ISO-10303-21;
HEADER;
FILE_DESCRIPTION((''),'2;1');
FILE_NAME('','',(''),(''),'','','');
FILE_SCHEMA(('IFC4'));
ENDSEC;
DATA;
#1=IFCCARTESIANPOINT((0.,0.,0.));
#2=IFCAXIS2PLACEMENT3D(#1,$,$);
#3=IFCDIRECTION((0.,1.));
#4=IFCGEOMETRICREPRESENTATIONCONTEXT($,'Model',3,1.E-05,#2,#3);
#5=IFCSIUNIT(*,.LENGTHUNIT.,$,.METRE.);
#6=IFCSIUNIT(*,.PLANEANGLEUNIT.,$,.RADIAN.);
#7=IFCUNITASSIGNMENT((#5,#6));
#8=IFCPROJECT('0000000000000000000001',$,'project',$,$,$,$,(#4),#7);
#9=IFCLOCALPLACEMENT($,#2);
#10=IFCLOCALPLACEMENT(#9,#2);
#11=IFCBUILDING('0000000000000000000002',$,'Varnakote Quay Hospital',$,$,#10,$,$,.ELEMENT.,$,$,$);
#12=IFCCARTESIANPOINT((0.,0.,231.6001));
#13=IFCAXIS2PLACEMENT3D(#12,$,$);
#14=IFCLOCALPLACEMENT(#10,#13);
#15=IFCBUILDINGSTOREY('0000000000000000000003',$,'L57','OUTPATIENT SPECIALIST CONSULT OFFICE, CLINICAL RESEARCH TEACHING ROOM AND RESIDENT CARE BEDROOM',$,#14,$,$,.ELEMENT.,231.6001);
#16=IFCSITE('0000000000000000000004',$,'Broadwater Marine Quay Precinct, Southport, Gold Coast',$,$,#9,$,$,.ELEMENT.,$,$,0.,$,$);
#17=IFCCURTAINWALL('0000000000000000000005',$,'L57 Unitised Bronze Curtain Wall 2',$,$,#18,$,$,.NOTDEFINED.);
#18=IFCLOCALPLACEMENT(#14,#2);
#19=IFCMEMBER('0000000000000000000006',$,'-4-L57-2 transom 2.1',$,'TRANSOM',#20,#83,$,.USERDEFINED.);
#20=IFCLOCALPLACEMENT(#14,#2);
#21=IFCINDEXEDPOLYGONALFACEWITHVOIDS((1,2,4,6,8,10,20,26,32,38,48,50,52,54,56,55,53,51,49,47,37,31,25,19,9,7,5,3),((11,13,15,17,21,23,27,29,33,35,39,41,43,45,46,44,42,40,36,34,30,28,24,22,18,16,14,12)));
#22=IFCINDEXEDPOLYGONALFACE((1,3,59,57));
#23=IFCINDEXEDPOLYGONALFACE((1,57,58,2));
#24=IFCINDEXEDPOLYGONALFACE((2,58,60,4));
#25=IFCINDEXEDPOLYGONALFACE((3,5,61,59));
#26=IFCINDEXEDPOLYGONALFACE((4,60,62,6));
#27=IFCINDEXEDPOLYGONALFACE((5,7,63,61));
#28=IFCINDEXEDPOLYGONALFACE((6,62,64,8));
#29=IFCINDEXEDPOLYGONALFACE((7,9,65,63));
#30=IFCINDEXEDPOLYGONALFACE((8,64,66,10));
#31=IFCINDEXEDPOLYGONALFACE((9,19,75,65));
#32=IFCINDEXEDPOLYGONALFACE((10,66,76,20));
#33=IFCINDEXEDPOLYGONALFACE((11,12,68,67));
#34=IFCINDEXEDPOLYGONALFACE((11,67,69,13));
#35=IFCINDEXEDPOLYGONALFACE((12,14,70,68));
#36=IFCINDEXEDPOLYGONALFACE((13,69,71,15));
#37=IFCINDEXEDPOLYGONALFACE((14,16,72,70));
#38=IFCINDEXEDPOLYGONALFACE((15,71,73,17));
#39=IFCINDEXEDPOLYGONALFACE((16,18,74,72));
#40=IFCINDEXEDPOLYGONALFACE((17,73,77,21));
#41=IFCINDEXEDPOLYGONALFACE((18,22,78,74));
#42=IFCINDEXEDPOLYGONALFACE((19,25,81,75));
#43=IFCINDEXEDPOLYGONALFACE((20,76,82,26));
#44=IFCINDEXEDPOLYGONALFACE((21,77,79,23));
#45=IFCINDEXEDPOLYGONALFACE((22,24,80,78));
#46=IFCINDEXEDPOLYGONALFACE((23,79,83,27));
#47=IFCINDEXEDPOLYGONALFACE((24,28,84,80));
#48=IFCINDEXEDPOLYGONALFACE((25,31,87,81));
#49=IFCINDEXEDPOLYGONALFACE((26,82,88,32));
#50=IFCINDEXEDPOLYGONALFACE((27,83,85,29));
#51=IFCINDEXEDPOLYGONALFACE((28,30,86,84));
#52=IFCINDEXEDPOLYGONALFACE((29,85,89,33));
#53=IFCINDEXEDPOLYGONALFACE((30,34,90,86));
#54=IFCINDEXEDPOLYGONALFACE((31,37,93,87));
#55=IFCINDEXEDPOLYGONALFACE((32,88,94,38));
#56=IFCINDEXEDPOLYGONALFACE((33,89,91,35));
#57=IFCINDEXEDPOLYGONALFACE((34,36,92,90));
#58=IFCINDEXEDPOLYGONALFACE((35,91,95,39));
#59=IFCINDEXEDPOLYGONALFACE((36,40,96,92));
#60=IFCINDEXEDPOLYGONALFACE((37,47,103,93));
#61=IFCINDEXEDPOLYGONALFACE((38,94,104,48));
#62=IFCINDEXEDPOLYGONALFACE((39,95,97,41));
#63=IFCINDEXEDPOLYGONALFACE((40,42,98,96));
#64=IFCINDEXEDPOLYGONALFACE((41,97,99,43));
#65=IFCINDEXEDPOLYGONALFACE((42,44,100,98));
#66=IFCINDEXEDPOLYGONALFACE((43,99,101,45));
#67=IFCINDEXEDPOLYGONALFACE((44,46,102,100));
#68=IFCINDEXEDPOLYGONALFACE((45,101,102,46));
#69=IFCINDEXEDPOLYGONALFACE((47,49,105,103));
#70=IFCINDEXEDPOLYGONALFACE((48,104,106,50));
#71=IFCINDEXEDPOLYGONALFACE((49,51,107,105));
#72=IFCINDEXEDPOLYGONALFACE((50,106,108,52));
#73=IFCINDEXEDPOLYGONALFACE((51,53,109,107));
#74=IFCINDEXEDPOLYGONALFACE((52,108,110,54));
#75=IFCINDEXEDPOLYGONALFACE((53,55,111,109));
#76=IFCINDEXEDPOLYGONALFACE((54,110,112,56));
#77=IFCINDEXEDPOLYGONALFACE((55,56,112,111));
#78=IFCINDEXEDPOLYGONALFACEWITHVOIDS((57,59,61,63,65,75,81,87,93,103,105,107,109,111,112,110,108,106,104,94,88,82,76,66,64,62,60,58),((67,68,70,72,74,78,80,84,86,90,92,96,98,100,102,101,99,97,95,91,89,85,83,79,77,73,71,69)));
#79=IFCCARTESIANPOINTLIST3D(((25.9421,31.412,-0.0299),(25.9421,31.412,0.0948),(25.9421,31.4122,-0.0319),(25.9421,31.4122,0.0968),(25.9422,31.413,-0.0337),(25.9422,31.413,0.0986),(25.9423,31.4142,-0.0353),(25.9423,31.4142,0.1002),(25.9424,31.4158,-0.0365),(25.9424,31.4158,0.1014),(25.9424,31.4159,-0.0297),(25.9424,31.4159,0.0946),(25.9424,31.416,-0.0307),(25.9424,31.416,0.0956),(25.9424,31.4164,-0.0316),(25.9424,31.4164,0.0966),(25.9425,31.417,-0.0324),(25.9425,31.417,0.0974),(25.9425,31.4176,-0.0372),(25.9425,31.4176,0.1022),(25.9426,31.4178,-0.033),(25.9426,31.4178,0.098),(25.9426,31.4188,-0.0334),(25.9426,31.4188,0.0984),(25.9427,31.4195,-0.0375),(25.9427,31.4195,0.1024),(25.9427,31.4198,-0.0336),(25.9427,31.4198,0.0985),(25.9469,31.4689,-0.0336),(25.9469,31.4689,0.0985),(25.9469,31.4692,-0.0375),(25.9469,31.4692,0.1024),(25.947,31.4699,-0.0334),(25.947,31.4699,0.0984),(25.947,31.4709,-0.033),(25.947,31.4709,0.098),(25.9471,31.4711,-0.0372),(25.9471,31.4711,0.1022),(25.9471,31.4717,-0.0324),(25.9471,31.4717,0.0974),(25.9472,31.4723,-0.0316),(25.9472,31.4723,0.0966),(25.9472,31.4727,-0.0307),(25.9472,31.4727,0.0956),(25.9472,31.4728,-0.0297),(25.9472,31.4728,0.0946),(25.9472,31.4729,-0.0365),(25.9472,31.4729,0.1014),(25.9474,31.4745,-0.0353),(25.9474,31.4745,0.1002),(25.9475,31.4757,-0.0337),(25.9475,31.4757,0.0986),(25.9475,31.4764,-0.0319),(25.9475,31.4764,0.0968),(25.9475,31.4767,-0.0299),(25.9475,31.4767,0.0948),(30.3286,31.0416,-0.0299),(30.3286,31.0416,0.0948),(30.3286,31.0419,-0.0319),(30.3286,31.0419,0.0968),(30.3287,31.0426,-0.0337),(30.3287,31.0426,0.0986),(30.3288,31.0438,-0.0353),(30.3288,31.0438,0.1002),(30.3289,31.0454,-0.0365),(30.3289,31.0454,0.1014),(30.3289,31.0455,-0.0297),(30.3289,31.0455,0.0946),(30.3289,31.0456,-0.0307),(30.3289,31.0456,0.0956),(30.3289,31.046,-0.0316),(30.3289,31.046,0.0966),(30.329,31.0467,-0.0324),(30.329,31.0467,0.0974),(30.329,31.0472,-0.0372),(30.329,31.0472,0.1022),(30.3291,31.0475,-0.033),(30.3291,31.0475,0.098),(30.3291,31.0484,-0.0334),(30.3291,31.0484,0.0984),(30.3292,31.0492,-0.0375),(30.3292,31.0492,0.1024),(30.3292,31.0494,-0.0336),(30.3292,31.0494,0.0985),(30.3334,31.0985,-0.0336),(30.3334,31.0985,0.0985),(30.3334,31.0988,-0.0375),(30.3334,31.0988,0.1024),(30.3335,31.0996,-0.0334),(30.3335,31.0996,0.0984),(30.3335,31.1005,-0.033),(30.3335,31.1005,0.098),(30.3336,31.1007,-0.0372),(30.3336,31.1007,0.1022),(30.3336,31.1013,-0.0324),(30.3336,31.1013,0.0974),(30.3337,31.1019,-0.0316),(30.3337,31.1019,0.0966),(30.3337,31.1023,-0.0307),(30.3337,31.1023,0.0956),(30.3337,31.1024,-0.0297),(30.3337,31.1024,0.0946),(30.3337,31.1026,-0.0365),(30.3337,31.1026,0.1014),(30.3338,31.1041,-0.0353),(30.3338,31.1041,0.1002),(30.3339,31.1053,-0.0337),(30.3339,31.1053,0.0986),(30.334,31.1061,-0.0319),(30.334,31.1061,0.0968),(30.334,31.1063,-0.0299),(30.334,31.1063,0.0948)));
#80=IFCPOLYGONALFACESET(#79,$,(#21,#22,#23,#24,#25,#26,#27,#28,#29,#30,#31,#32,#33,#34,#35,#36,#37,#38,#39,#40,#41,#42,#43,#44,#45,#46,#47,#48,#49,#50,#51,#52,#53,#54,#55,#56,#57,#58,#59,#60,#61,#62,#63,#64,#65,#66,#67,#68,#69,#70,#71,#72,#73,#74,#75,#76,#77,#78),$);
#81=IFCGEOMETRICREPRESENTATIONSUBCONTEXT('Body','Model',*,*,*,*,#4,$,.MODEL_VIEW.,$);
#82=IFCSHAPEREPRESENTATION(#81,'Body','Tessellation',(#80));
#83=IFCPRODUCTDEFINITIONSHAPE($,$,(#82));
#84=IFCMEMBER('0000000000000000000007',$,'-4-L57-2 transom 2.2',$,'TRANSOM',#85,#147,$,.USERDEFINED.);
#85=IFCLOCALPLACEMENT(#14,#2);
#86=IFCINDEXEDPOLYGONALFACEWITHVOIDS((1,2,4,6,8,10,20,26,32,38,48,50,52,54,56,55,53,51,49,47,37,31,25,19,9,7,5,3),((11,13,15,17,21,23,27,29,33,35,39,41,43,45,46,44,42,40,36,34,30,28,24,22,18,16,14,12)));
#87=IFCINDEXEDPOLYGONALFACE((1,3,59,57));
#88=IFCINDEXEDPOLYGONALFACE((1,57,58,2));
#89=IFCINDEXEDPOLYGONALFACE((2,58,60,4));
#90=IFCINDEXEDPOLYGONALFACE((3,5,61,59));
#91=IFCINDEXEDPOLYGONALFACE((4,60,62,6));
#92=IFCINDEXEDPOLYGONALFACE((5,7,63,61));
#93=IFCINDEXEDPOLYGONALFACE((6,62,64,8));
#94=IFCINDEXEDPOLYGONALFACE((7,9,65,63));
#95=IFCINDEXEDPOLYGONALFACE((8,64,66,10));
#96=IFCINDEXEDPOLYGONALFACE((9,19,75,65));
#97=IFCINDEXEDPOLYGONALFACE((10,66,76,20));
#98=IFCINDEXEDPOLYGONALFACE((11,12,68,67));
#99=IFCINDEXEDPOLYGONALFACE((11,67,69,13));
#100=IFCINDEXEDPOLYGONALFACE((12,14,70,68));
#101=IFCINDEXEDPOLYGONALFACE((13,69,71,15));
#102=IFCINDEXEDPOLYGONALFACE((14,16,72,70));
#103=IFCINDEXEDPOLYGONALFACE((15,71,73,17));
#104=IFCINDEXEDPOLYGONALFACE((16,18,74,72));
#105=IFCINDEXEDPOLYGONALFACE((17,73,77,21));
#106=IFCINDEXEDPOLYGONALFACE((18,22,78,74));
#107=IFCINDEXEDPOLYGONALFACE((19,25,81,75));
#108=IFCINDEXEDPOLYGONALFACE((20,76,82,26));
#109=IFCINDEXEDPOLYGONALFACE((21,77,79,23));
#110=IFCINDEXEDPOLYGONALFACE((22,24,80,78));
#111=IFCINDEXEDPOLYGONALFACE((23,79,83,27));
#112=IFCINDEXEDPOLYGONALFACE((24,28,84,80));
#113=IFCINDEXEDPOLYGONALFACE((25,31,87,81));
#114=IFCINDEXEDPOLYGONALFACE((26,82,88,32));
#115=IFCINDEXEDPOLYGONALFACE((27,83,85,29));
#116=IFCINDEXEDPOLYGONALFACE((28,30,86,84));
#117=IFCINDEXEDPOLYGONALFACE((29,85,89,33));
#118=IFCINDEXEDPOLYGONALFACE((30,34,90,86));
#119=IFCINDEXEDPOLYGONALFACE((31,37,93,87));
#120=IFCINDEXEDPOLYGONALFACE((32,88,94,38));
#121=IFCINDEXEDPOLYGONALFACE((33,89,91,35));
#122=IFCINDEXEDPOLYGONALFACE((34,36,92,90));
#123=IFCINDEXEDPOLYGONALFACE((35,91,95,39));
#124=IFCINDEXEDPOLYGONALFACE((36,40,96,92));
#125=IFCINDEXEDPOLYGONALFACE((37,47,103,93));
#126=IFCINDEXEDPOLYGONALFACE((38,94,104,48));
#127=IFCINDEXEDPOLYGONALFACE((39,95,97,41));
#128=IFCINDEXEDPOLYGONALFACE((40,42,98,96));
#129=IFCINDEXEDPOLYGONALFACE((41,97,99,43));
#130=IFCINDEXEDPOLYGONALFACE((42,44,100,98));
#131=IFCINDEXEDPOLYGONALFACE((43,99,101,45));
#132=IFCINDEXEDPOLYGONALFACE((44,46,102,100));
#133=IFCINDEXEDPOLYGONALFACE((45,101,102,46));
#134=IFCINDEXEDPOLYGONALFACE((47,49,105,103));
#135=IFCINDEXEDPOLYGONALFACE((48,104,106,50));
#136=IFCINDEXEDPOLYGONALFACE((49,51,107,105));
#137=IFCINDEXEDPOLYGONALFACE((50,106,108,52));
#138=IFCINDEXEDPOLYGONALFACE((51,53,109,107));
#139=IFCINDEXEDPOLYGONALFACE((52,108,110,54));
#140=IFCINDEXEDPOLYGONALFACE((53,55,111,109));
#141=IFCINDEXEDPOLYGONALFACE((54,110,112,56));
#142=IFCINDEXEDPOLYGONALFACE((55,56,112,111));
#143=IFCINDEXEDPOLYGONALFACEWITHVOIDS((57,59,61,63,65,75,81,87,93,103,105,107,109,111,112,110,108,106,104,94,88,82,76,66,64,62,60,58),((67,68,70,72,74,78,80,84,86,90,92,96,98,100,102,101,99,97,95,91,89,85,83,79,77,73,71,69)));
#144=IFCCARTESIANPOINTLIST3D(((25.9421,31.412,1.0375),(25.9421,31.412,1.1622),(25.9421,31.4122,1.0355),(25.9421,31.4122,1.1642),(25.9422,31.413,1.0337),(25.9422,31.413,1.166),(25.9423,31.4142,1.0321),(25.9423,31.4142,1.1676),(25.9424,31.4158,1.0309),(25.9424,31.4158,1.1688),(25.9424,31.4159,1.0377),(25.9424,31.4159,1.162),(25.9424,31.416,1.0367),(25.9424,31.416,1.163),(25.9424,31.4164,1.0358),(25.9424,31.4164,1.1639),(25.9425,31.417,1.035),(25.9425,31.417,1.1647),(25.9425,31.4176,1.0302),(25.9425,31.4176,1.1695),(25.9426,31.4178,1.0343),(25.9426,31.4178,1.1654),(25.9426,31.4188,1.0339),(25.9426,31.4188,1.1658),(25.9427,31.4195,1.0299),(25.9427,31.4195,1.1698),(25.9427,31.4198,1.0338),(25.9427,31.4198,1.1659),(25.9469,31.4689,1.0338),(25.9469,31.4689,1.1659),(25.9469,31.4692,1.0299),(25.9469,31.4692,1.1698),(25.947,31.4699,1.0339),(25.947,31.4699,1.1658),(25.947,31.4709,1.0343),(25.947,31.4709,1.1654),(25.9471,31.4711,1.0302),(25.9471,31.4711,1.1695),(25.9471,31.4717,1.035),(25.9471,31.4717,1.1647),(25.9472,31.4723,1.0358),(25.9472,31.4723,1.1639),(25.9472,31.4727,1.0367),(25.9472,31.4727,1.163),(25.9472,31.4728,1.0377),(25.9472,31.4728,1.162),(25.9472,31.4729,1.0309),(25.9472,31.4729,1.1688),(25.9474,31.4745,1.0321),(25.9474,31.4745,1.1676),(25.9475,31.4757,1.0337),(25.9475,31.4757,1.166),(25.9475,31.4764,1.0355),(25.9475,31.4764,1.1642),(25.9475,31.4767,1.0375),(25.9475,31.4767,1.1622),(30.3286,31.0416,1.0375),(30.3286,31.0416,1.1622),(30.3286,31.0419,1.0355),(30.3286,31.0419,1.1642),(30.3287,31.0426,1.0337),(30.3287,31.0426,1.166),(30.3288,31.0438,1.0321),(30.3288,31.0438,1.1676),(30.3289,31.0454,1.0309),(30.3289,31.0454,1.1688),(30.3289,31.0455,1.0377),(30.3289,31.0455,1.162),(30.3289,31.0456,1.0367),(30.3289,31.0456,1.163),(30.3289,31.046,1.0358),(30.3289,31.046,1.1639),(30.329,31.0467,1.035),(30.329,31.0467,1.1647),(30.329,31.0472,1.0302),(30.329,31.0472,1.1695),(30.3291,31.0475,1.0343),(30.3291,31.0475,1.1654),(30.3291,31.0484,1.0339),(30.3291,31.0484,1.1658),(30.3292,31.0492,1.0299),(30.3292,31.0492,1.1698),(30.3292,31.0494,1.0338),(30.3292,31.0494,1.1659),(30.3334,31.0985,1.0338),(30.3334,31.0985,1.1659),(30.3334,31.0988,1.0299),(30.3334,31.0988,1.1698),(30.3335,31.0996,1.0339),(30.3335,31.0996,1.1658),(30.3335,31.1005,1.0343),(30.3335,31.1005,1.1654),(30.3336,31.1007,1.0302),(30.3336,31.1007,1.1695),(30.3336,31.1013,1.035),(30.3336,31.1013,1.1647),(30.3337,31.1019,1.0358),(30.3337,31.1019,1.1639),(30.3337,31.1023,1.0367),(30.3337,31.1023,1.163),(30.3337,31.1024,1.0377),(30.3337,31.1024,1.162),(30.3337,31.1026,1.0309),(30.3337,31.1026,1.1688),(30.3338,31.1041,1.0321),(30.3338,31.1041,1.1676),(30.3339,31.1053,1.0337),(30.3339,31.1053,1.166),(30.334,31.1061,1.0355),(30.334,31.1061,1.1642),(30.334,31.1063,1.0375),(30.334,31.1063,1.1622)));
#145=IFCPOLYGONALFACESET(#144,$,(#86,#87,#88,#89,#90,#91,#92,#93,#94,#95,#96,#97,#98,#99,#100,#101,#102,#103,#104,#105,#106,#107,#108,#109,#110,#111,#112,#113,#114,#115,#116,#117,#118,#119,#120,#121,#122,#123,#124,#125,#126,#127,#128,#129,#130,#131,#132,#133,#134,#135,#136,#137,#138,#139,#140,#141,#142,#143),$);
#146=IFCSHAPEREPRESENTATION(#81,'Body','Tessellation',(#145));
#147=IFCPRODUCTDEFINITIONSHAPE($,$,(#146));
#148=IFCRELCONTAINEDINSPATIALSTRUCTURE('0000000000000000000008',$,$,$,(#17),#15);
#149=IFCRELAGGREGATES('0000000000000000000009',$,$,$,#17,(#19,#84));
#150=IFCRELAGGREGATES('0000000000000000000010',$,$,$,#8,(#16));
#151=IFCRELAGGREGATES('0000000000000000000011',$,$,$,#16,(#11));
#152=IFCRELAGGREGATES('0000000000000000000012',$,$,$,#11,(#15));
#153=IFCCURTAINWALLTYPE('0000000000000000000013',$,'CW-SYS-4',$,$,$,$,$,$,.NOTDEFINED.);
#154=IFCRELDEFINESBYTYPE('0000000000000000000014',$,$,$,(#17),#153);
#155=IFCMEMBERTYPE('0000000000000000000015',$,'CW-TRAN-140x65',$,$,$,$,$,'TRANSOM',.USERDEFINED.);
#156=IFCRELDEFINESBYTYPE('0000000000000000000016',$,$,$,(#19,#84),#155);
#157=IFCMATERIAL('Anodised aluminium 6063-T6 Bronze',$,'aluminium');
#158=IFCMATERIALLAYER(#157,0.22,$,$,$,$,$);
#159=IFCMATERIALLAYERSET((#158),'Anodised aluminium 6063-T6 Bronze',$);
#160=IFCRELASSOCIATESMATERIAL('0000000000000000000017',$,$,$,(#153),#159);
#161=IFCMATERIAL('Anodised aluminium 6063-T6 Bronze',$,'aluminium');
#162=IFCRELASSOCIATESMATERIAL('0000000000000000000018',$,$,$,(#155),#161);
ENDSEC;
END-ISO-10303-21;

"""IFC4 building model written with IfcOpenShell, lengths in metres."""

from ifc_helpers import new_model, si_unit, direction, frame, origin, origin_2d, place, context, subcontext, project, spatial, hollow_rectangle, extrude, material, layer, layer_set, material_profile, profile_set, type_object, element, aggregate, save


model = new_model("IFC4")

# Units and contexts
model_context = context("Model", 3, precision=1e-05, world=origin(), true_north=direction((0.0, 1.0)))
body_context = subcontext(model_context, "Body", "Model", "MODEL_VIEW")
ifc_project = project(units=[si_unit("LENGTHUNIT", "METRE"), si_unit("PLANEANGLEUNIT", "RADIAN")], contexts=[model_context])

# Site, building, storey
site_placement = place(None, origin())
site = spatial("IfcSite", under=ifc_project, at=site_placement, Name="Broadwater Marine Quay Precinct, Southport, Gold Coast", CompositionType="ELEMENT", RefElevation=0.0)
building_placement = place(site_placement, origin())
building = spatial("IfcBuilding", under=site, at=building_placement, Name="Varnakote Quay Hospital", CompositionType="ELEMENT")
storey_placement = place(building_placement, frame((0.0, 0.0, 231.6001)))
storey = spatial("IfcBuildingStorey", under=building, at=storey_placement, Name="L57", Description="OUTPATIENT SPECIALIST CONSULT OFFICE, CLINICAL RESEARCH TEACHING ROOM AND RESIDENT CARE BEDROOM", CompositionType="ELEMENT", Elevation=231.6001)

# Curtain wall, members
ifc_material_1 = material(Name="Anodised aluminium 6063-T6 Bronze", Category="aluminium")
ifc_layer_1 = layer(ifc_material_1, 0.22)
ifc_layer_set_1 = layer_set([ifc_layer_1], Name="Anodised aluminium 6063-T6 Bronze")
curtain_wall_type = type_object("IfcCurtainWallType", Name="CW-SYS-4", PredefinedType="NOTDEFINED", material=ifc_layer_set_1)
curtain_wall_placement = place(storey_placement, origin())
curtain_wall = element("IfcCurtainWall", 1, at=curtain_wall_placement, inside=storey, type_object=curtain_wall_type, Name="L57 Unitised Bronze Curtain Wall 2", PredefinedType="NOTDEFINED")
ifc_material_2 = material(Name="Anodised aluminium 6063-T6 Bronze", Category="aluminium")
ifc_material_profile_1 = material_profile(ifc_material_2, hollow_rectangle(XDim=0.0649, YDim=0.1399, WallThickness=0.0039, InnerFilletRadius=0.0039, OuterFilletRadius=0.0076, at=origin_2d()), Name="CW-TRAN-140x65")
ifc_profile_set_1 = profile_set([ifc_material_profile_1], Name="Anodised aluminium 6063-T6 Bronze")
member_type_1 = type_object("IfcMemberType", Name="CW-TRAN-140x65", ElementType="TRANSOM", PredefinedType="USERDEFINED", material=ifc_profile_set_1)
member_1_placement = place(storey_placement, frame((30.3313, 31.074, 0.0325), z_axis=(-0.996455, 0.084133, 0.0), x_axis=(-0.084133, -0.996455, 0.0)))
member_1 = element("IfcMember", 2, at=member_1_placement, type_object=member_type_1, Name="-4-L57-2 transom 2.1", ObjectType="TRANSOM", PredefinedType="USERDEFINED", context=body_context, shape_type="SweptSolid", body=[
    extrude(hollow_rectangle(XDim=0.0649, YDim=0.1399, WallThickness=0.0039, InnerFilletRadius=0.0039, OuterFilletRadius=0.0076, at=origin_2d()), origin(), (0.0, 0.0, 1.0), 4.4021),
])
member_2_placement = place(storey_placement, frame((30.3313, 31.074, 1.0999), z_axis=(-0.996455, 0.084133, 0.0), x_axis=(-0.084133, -0.996455, 0.0)))
member_2 = element("IfcMember", 3, at=member_2_placement, type_object=member_type_1, Name="-4-L57-2 transom 2.2", ObjectType="TRANSOM", PredefinedType="USERDEFINED", context=body_context, shape_type="SweptSolid", body=[
    extrude(hollow_rectangle(XDim=0.0649, YDim=0.1399, WallThickness=0.0039, InnerFilletRadius=0.0039, OuterFilletRadius=0.0076, at=origin_2d()), origin(), (0.0, 0.0, 1.0), 4.4021),
])

aggregate(curtain_wall, [member_1, member_2])

save(model, "model.ifc")
